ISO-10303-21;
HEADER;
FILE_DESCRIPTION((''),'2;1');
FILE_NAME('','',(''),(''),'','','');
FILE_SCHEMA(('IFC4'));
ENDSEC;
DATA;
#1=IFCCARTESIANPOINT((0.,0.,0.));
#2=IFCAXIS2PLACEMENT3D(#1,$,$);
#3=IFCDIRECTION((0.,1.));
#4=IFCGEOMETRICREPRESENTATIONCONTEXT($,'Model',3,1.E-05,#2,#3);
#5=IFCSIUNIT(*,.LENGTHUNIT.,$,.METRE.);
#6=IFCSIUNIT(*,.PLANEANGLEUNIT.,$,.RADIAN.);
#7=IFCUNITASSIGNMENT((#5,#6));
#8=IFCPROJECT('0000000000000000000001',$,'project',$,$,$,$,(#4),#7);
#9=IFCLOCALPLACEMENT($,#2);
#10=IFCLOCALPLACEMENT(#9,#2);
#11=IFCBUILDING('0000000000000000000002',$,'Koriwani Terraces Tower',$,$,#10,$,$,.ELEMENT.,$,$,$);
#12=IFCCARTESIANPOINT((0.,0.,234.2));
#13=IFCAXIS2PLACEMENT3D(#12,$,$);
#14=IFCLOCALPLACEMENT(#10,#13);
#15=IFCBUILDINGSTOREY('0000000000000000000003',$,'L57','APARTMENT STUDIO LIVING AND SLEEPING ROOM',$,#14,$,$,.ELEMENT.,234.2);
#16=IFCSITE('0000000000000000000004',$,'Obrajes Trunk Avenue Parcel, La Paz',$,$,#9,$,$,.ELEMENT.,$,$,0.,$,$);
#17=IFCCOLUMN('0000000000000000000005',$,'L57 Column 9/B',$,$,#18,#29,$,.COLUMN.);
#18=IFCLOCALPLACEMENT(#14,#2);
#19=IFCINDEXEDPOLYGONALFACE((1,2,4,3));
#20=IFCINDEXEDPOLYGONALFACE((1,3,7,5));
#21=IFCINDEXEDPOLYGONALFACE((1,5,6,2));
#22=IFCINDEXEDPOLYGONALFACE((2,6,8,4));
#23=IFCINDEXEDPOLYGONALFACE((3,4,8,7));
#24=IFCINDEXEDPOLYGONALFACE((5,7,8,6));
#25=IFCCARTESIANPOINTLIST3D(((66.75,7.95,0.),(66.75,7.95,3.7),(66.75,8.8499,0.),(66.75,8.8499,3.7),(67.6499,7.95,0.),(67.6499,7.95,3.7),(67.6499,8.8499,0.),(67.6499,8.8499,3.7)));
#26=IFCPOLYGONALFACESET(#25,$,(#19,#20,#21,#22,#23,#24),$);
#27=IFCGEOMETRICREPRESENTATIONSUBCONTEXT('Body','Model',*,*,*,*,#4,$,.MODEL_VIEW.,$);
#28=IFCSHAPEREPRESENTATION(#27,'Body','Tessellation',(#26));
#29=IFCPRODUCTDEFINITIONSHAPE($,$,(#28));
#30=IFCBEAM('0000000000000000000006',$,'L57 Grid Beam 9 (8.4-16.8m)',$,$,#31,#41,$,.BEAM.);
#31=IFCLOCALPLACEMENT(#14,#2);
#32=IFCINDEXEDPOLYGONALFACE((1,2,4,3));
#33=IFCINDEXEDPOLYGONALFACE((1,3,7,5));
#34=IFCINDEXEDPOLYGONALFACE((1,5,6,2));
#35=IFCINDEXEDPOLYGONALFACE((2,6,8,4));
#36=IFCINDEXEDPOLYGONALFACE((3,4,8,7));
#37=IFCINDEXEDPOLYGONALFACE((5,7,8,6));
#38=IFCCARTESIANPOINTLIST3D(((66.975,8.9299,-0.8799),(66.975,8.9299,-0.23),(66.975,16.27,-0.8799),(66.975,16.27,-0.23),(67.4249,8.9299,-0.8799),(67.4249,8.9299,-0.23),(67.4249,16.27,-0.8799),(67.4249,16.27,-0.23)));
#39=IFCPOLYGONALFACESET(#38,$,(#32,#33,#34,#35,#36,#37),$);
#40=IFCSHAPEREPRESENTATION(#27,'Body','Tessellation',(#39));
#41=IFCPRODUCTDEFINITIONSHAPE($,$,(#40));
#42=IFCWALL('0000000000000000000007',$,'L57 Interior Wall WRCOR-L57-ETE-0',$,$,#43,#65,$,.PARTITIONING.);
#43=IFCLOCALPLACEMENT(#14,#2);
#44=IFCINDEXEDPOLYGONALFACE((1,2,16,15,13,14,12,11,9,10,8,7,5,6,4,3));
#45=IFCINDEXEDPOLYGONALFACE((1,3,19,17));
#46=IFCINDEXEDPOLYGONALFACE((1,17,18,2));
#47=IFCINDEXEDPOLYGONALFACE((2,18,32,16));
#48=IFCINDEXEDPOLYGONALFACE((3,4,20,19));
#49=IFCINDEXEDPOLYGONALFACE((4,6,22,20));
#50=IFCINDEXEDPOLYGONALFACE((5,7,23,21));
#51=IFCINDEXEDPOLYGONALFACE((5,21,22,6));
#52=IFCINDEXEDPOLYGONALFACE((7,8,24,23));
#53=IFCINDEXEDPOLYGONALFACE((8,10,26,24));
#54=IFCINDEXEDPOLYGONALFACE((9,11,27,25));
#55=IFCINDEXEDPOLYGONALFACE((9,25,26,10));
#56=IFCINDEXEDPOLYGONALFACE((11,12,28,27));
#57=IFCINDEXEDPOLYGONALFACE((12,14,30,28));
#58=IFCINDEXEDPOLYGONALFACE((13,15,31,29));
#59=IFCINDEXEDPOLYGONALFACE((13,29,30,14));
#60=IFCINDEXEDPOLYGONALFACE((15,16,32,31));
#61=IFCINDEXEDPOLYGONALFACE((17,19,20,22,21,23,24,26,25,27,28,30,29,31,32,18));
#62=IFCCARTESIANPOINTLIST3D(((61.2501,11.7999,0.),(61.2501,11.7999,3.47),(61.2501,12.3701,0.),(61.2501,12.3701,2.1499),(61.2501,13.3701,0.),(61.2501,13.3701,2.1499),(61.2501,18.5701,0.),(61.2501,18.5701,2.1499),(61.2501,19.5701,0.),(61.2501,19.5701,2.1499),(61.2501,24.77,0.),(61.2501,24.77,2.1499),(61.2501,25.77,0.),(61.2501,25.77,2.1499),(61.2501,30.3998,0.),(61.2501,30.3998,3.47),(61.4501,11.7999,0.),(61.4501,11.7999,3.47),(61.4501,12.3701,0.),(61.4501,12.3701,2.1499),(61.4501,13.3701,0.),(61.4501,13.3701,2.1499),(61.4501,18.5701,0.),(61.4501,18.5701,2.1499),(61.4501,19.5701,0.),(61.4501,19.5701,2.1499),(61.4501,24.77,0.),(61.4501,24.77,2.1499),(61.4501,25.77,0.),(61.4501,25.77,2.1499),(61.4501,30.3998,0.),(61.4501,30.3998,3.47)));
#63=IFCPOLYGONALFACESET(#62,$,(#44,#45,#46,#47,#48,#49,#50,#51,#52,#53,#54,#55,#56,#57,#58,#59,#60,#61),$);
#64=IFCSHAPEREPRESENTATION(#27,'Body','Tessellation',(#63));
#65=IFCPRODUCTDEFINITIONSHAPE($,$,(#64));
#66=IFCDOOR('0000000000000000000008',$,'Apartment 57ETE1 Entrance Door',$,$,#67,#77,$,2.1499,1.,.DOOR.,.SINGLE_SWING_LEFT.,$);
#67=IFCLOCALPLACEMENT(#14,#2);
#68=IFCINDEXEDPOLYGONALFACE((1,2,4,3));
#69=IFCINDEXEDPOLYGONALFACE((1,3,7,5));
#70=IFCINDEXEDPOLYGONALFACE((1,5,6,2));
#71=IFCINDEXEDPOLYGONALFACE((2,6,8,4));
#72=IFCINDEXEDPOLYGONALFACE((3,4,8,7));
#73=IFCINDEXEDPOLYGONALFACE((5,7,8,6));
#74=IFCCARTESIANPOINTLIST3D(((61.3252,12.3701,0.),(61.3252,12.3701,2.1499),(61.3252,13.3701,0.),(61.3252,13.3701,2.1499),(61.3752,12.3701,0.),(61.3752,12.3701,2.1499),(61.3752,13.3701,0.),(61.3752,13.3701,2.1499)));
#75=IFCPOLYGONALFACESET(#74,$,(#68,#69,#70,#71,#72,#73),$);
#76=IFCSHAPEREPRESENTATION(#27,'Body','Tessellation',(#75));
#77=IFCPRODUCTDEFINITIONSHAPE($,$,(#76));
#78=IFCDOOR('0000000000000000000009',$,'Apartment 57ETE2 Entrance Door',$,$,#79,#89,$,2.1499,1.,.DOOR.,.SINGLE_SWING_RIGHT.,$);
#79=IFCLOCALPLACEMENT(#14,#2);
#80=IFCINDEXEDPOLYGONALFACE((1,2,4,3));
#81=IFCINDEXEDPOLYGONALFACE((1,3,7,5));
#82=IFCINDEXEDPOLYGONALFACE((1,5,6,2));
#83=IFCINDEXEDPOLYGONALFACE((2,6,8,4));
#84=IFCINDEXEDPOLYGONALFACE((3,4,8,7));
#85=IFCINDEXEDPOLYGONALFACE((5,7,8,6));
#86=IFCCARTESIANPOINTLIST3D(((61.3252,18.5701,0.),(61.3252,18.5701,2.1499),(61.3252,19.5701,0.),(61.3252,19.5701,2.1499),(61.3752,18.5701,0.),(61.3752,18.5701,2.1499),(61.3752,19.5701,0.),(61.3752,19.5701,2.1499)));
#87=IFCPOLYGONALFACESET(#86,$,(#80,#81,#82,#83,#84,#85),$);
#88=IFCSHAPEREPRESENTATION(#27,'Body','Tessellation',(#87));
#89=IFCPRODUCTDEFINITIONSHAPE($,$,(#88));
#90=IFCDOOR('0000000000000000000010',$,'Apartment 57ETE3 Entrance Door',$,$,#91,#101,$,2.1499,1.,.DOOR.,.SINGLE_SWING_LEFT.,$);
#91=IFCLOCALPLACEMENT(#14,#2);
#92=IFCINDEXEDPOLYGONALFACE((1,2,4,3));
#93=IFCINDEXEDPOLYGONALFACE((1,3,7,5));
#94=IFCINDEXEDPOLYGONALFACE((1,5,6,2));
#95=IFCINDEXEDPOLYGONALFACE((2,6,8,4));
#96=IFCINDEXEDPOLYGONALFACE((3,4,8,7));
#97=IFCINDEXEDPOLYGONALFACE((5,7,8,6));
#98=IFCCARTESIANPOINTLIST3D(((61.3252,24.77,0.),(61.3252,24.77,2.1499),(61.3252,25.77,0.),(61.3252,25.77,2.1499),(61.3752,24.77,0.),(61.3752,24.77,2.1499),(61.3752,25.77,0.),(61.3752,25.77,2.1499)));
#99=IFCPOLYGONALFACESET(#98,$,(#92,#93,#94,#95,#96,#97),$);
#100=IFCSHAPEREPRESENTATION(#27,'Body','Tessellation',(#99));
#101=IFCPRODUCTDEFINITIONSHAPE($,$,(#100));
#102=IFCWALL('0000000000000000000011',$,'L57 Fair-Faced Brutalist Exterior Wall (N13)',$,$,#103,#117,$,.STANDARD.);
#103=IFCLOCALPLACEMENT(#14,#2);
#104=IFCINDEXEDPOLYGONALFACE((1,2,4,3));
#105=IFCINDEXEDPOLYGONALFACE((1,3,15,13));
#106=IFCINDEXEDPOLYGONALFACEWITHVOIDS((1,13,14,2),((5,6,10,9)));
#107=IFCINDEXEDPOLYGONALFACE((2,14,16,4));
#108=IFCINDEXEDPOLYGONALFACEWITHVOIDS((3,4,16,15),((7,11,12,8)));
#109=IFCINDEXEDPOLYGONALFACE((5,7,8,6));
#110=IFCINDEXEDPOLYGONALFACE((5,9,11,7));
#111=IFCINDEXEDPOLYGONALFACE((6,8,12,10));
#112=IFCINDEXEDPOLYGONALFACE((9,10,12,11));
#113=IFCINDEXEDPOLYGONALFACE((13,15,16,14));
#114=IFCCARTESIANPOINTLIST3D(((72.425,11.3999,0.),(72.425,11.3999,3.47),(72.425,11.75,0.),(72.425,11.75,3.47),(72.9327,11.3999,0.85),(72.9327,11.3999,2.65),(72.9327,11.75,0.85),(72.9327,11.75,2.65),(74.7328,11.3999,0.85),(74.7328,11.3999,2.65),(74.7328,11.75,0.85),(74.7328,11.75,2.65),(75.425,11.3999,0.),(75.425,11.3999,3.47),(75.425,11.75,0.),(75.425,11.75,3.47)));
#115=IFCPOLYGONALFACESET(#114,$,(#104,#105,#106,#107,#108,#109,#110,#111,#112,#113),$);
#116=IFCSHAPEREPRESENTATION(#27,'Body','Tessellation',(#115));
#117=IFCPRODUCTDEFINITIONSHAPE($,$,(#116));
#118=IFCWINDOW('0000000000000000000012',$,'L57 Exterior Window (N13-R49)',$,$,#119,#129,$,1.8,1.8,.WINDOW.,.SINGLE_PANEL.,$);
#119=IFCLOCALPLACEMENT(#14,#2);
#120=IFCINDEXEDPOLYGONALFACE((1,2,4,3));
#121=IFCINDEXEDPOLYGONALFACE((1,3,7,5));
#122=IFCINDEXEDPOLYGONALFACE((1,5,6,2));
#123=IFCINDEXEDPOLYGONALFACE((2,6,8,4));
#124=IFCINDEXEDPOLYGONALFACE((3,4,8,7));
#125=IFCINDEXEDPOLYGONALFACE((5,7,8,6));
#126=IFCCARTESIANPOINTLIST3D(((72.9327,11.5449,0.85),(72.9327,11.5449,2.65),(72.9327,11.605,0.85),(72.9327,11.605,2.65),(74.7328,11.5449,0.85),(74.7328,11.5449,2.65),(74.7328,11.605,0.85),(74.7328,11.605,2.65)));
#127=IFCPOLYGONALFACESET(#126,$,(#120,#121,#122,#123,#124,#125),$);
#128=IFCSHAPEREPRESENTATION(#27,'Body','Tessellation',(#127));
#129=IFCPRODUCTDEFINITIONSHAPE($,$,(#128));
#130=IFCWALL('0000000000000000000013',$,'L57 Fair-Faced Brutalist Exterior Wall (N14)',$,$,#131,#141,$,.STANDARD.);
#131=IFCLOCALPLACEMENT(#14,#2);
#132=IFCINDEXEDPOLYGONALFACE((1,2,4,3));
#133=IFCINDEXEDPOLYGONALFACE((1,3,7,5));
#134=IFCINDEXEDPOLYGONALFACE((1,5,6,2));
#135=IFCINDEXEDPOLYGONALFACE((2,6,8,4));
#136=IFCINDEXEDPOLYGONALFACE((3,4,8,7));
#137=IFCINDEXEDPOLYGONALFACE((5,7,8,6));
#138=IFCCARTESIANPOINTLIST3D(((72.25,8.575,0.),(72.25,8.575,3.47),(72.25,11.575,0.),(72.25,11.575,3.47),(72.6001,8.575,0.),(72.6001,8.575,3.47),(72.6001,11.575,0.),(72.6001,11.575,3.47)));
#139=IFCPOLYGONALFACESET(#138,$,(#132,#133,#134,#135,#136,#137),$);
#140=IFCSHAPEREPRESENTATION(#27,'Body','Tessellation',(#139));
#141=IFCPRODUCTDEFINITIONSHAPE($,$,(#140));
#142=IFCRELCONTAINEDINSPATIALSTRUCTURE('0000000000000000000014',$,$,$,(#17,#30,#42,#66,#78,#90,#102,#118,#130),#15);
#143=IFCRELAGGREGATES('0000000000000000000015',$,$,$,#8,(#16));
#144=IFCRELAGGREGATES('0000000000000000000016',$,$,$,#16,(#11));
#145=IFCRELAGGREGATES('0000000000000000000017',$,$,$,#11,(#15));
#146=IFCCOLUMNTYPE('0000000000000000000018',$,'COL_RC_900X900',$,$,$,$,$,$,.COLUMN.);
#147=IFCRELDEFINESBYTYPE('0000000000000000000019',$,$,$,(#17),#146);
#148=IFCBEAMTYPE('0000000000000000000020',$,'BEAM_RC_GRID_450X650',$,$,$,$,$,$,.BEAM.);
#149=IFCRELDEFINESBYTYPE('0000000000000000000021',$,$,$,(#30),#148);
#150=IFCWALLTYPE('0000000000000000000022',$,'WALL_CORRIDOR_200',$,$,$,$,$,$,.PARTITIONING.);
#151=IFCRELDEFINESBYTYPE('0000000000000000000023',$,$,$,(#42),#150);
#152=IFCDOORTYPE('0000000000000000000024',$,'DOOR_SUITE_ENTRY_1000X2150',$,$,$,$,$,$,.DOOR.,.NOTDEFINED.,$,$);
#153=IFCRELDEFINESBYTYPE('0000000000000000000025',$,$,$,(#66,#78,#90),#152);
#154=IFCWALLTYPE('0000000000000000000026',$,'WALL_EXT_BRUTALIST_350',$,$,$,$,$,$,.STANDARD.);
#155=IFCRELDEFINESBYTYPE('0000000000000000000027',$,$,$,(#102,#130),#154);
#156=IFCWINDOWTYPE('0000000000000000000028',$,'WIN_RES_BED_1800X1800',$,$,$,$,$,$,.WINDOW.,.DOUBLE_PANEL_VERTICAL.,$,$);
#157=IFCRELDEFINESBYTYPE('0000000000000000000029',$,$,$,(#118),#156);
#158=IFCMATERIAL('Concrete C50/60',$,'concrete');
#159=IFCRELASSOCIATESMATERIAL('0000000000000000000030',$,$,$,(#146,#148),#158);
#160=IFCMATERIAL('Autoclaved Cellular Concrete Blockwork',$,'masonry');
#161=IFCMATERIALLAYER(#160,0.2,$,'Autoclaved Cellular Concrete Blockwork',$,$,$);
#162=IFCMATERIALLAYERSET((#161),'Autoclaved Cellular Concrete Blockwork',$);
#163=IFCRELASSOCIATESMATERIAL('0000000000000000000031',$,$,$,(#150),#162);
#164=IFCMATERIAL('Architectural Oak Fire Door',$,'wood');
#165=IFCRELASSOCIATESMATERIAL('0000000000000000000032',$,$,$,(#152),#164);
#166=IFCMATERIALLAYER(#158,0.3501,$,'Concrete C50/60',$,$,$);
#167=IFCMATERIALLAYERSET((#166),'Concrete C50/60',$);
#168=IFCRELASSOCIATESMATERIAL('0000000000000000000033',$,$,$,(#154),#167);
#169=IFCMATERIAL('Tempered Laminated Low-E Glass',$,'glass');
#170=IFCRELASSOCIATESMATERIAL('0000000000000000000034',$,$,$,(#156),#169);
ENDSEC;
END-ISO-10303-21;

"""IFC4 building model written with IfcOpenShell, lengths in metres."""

from ifc_helpers import new_model, si_unit, direction, frame, frame_2d, origin, origin_2d, place, context, subcontext, project, spatial, rectangle, extrude, material, layer, layer_set, material_profile, profile_set, type_object, element, fill, save


model = new_model("IFC4")

# Units and contexts
model_context = context("Model", 3, precision=1e-05, world=origin(), true_north=direction((0.0, 1.0)))
body_context = subcontext(model_context, "Body", "Model", "MODEL_VIEW")
ifc_project = project(units=[si_unit("LENGTHUNIT", "METRE"), si_unit("PLANEANGLEUNIT", "RADIAN")], contexts=[model_context])

# Site, building, storey
site_placement = place(None, origin())
site = spatial("IfcSite", under=ifc_project, at=site_placement, Name="Obrajes Trunk Avenue Parcel, La Paz", CompositionType="ELEMENT", RefElevation=0.0)
building_placement = place(site_placement, origin())
building = spatial("IfcBuilding", under=site, at=building_placement, Name="Koriwani Terraces Tower", CompositionType="ELEMENT")
storey_placement = place(building_placement, frame((0.0, 0.0, 234.2)))
storey = spatial("IfcBuildingStorey", under=building, at=storey_placement, Name="L57", Description="APARTMENT STUDIO LIVING AND SLEEPING ROOM", CompositionType="ELEMENT", Elevation=234.2)

# Column
ifc_material_1 = material(Name="Concrete C50/60", Category="concrete")
ifc_material_profile_1 = material_profile(ifc_material_1, rectangle(XDim=0.8999, YDim=0.8999, at=origin_2d()), Name="Concrete C50/60", Category="LoadBearing")
ifc_profile_set_1 = profile_set([ifc_material_profile_1], Name="Concrete C50/60")
column_type = type_object("IfcColumnType", Name="COL_RC_900X900", PredefinedType="COLUMN", material=ifc_profile_set_1)
column_placement = place(storey_placement, frame((67.2, 8.3999, 0.0), z_axis=(0.0, 0.0, 1.0), x_axis=(1.0, 0.0, 0.0)))
element("IfcColumn", 1, at=column_placement, inside=storey, type_object=column_type, Name="L57 Column 9/B", PredefinedType="COLUMN", context=body_context, shape_type="SweptSolid", body=[
    extrude(rectangle(XDim=0.8999, YDim=0.8999, at=origin_2d()), origin(), (0.0, 0.0, 1.0), 3.7),
])

# Beam
ifc_material_profile_2 = material_profile(ifc_material_1, rectangle(XDim=0.45, YDim=0.6499, at=origin_2d()), Name="Concrete C50/60", Category="LoadBearing")
ifc_profile_set_2 = profile_set([ifc_material_profile_2], Name="Concrete C50/60")
beam_type = type_object("IfcBeamType", Name="BEAM_RC_GRID_450X650", PredefinedType="BEAM", material=ifc_profile_set_2)
beam_placement = place(storey_placement, frame((67.2, 8.9299, -0.5549), z_axis=(0.0, 1.0, 0.0), x_axis=(-1.0, 0.0, 0.0)))
element("IfcBeam", 2, at=beam_placement, inside=storey, type_object=beam_type, Name="L57 Grid Beam 9 (8.4-16.8m)", PredefinedType="BEAM", context=body_context, shape_type="SweptSolid", body=[
    extrude(rectangle(XDim=0.45, YDim=0.6499, at=origin_2d()), origin(), (0.0, 0.0, 1.0), 7.3401),
])

# Wall, openings, doors
ifc_material_2 = material(Name="Autoclaved Cellular Concrete Blockwork", Category="masonry")
ifc_layer_1 = layer(ifc_material_2, 0.2, Name="Autoclaved Cellular Concrete Blockwork")
ifc_layer_set_1 = layer_set([ifc_layer_1], Name="Autoclaved Cellular Concrete Blockwork")
wall_type_1 = type_object("IfcWallType", Name="WALL_CORRIDOR_200", PredefinedType="PARTITIONING", material=ifc_layer_set_1)
wall_1_placement = place(storey_placement, frame((61.3501, 11.8, 0.0), z_axis=(0.0, 0.0, 1.0), x_axis=(0.0, 1.0, 0.0)))
wall_1 = element("IfcWall", 3, at=wall_1_placement, inside=storey, type_object=wall_type_1, Name="L57 Interior Wall WRCOR-L57-ETE-0", PredefinedType="PARTITIONING", context=body_context, shape_type="SweptSolid", body=[
    extrude(rectangle(XDim=18.5999, YDim=0.2, at=frame_2d((9.2998, 0.0))), origin(), (0.0, 0.0, 1.0), 3.47),
])
opening_1_placement = place(wall_1_placement, frame((0.5701, 0.0, 0.0)))
opening_1 = element("IfcOpeningElement", 4, at=opening_1_placement, cuts=wall_1, PredefinedType="OPENING", context=body_context, shape_type="SweptSolid", body=[
    extrude(rectangle(XDim=1.0, YDim=2.1499, at=frame_2d((0.5, 1.075))), frame((0.0, 0.1099, 0.0), z_axis=(0.0, -1.0, 0.0), x_axis=(1.0, 0.0, 0.0)), (0.0, 0.0, 1.0), 0.22),
])
opening_2_placement = place(wall_1_placement, frame((6.77, 0.0, 0.0)))
opening_2 = element("IfcOpeningElement", 5, at=opening_2_placement, cuts=wall_1, PredefinedType="OPENING", context=body_context, shape_type="SweptSolid", body=[
    extrude(rectangle(XDim=1.0, YDim=2.1499, at=frame_2d((0.5, 1.075))), frame((0.0, 0.1099, 0.0), z_axis=(0.0, -1.0, 0.0), x_axis=(1.0, 0.0, 0.0)), (0.0, 0.0, 1.0), 0.22),
])
opening_3_placement = place(wall_1_placement, frame((12.97, 0.0, 0.0)))
opening_3 = element("IfcOpeningElement", 6, at=opening_3_placement, cuts=wall_1, PredefinedType="OPENING", context=body_context, shape_type="SweptSolid", body=[
    extrude(rectangle(XDim=1.0, YDim=2.1499, at=frame_2d((0.5, 1.075))), frame((0.0, 0.1099, 0.0), z_axis=(0.0, -1.0, 0.0), x_axis=(1.0, 0.0, 0.0)), (0.0, 0.0, 1.0), 0.22),
])
ifc_material_3 = material(Name="Architectural Oak Fire Door", Category="wood")
door_type_1 = type_object("IfcDoorType", Name="DOOR_SUITE_ENTRY_1000X2150", OperationType="NOTDEFINED", PredefinedType="DOOR", material=ifc_material_3)
door_1_placement = place(opening_1_placement, origin())
door_1 = element("IfcDoor", 7, at=door_1_placement, inside=storey, type_object=door_type_1, Name="Apartment 57ETE1 Entrance Door", OperationType="SINGLE_SWING_LEFT", OverallHeight=2.1499, OverallWidth=1.0, PredefinedType="DOOR", context=body_context, shape_type="SweptSolid", body=[
    extrude(rectangle(XDim=1.0, YDim=2.1499, at=frame_2d((0.5, 1.075))), frame((0.0, 0.0249, 0.0), z_axis=(0.0, -1.0, 0.0), x_axis=(1.0, 0.0, 0.0)), (0.0, 0.0, 1.0), 0.05),
])
fill(opening_1, door_1)
door_2_placement = place(opening_2_placement, origin())
door_2 = element("IfcDoor", 8, at=door_2_placement, inside=storey, type_object=door_type_1, Name="Apartment 57ETE2 Entrance Door", OperationType="SINGLE_SWING_RIGHT", OverallHeight=2.1499, OverallWidth=1.0, PredefinedType="DOOR", context=body_context, shape_type="SweptSolid", body=[
    extrude(rectangle(XDim=1.0, YDim=2.1499, at=frame_2d((0.5, 1.075))), frame((0.0, 0.0249, 0.0), z_axis=(0.0, -1.0, 0.0), x_axis=(1.0, 0.0, 0.0)), (0.0, 0.0, 1.0), 0.05),
])
fill(opening_2, door_2)
door_3_placement = place(opening_3_placement, origin())
door_3 = element("IfcDoor", 9, at=door_3_placement, inside=storey, type_object=door_type_1, Name="Apartment 57ETE3 Entrance Door", OperationType="SINGLE_SWING_LEFT", OverallHeight=2.1499, OverallWidth=1.0, PredefinedType="DOOR", context=body_context, shape_type="SweptSolid", body=[
    extrude(rectangle(XDim=1.0, YDim=2.1499, at=frame_2d((0.5, 1.075))), frame((0.0, 0.0249, 0.0), z_axis=(0.0, -1.0, 0.0), x_axis=(1.0, 0.0, 0.0)), (0.0, 0.0, 1.0), 0.05),
])
fill(opening_3, door_3)

# Wall, opening, window
ifc_layer_2 = layer(ifc_material_1, 0.3501, Name="Concrete C50/60")
ifc_layer_set_2 = layer_set([ifc_layer_2], Name="Concrete C50/60")
wall_type_2 = type_object("IfcWallType", Name="WALL_EXT_BRUTALIST_350", PredefinedType="STANDARD", material=ifc_layer_set_2)
wall_2_placement = place(storey_placement, frame((75.425, 11.575, 0.0), z_axis=(0.0, 0.0, 1.0), x_axis=(-1.0, 0.0, 0.0)))
wall_2 = element("IfcWall", 10, at=wall_2_placement, inside=storey, type_object=wall_type_2, Name="L57 Fair-Faced Brutalist Exterior Wall (N13)", PredefinedType="STANDARD", context=body_context, shape_type="SweptSolid", body=[
    extrude(rectangle(XDim=3.0, YDim=0.3501, at=frame_2d((1.5, 0.0))), origin(), (0.0, 0.0, 1.0), 3.47),
])
opening_4_placement = place(wall_2_placement, frame((0.6924, 0.0, 0.8501)))
opening_4 = element("IfcOpeningElement", 11, at=opening_4_placement, cuts=wall_2, PredefinedType="OPENING", context=body_context, shape_type="SweptSolid", body=[
    extrude(rectangle(XDim=1.8, YDim=1.8, at=frame_2d((0.8999, 0.8999))), frame((0.0, 0.1851, 0.0), z_axis=(0.0, -1.0, 0.0), x_axis=(1.0, 0.0, 0.0)), (0.0, 0.0, 1.0), 0.3701),
])
ifc_material_4 = material(Name="Tempered Laminated Low-E Glass", Category="glass")
window_type_1 = type_object("IfcWindowType", Name="WIN_RES_BED_1800X1800", PartitioningType="DOUBLE_PANEL_VERTICAL", PredefinedType="WINDOW", material=ifc_material_4)
window_1_placement = place(opening_4_placement, origin())
window_1 = element("IfcWindow", 12, at=window_1_placement, inside=storey, type_object=window_type_1, Name="L57 Exterior Window (N13-R49)", OverallHeight=1.8, OverallWidth=1.8, PartitioningType="SINGLE_PANEL", PredefinedType="WINDOW", context=body_context, shape_type="SweptSolid", body=[
    extrude(rectangle(XDim=1.8, YDim=1.8, at=frame_2d((0.8999, 0.8999))), frame((0.0, 0.03, 0.0), z_axis=(0.0, -1.0, 0.0), x_axis=(1.0, 0.0, 0.0)), (0.0, 0.0, 1.0), 0.0601),
])
fill(opening_4, window_1)

# Wall
wall_3_placement = place(storey_placement, frame((72.425, 11.575, 0.0), z_axis=(0.0, 0.0, 1.0), x_axis=(0.0, -1.0, 0.0)))
element("IfcWall", 13, at=wall_3_placement, inside=storey, type_object=wall_type_2, Name="L57 Fair-Faced Brutalist Exterior Wall (N14)", PredefinedType="STANDARD", context=body_context, shape_type="SweptSolid", body=[
    extrude(rectangle(XDim=3.0, YDim=0.3501, at=frame_2d((1.5, 0.0))), origin(), (0.0, 0.0, 1.0), 3.47),
])

save(model, "model.ifc")
